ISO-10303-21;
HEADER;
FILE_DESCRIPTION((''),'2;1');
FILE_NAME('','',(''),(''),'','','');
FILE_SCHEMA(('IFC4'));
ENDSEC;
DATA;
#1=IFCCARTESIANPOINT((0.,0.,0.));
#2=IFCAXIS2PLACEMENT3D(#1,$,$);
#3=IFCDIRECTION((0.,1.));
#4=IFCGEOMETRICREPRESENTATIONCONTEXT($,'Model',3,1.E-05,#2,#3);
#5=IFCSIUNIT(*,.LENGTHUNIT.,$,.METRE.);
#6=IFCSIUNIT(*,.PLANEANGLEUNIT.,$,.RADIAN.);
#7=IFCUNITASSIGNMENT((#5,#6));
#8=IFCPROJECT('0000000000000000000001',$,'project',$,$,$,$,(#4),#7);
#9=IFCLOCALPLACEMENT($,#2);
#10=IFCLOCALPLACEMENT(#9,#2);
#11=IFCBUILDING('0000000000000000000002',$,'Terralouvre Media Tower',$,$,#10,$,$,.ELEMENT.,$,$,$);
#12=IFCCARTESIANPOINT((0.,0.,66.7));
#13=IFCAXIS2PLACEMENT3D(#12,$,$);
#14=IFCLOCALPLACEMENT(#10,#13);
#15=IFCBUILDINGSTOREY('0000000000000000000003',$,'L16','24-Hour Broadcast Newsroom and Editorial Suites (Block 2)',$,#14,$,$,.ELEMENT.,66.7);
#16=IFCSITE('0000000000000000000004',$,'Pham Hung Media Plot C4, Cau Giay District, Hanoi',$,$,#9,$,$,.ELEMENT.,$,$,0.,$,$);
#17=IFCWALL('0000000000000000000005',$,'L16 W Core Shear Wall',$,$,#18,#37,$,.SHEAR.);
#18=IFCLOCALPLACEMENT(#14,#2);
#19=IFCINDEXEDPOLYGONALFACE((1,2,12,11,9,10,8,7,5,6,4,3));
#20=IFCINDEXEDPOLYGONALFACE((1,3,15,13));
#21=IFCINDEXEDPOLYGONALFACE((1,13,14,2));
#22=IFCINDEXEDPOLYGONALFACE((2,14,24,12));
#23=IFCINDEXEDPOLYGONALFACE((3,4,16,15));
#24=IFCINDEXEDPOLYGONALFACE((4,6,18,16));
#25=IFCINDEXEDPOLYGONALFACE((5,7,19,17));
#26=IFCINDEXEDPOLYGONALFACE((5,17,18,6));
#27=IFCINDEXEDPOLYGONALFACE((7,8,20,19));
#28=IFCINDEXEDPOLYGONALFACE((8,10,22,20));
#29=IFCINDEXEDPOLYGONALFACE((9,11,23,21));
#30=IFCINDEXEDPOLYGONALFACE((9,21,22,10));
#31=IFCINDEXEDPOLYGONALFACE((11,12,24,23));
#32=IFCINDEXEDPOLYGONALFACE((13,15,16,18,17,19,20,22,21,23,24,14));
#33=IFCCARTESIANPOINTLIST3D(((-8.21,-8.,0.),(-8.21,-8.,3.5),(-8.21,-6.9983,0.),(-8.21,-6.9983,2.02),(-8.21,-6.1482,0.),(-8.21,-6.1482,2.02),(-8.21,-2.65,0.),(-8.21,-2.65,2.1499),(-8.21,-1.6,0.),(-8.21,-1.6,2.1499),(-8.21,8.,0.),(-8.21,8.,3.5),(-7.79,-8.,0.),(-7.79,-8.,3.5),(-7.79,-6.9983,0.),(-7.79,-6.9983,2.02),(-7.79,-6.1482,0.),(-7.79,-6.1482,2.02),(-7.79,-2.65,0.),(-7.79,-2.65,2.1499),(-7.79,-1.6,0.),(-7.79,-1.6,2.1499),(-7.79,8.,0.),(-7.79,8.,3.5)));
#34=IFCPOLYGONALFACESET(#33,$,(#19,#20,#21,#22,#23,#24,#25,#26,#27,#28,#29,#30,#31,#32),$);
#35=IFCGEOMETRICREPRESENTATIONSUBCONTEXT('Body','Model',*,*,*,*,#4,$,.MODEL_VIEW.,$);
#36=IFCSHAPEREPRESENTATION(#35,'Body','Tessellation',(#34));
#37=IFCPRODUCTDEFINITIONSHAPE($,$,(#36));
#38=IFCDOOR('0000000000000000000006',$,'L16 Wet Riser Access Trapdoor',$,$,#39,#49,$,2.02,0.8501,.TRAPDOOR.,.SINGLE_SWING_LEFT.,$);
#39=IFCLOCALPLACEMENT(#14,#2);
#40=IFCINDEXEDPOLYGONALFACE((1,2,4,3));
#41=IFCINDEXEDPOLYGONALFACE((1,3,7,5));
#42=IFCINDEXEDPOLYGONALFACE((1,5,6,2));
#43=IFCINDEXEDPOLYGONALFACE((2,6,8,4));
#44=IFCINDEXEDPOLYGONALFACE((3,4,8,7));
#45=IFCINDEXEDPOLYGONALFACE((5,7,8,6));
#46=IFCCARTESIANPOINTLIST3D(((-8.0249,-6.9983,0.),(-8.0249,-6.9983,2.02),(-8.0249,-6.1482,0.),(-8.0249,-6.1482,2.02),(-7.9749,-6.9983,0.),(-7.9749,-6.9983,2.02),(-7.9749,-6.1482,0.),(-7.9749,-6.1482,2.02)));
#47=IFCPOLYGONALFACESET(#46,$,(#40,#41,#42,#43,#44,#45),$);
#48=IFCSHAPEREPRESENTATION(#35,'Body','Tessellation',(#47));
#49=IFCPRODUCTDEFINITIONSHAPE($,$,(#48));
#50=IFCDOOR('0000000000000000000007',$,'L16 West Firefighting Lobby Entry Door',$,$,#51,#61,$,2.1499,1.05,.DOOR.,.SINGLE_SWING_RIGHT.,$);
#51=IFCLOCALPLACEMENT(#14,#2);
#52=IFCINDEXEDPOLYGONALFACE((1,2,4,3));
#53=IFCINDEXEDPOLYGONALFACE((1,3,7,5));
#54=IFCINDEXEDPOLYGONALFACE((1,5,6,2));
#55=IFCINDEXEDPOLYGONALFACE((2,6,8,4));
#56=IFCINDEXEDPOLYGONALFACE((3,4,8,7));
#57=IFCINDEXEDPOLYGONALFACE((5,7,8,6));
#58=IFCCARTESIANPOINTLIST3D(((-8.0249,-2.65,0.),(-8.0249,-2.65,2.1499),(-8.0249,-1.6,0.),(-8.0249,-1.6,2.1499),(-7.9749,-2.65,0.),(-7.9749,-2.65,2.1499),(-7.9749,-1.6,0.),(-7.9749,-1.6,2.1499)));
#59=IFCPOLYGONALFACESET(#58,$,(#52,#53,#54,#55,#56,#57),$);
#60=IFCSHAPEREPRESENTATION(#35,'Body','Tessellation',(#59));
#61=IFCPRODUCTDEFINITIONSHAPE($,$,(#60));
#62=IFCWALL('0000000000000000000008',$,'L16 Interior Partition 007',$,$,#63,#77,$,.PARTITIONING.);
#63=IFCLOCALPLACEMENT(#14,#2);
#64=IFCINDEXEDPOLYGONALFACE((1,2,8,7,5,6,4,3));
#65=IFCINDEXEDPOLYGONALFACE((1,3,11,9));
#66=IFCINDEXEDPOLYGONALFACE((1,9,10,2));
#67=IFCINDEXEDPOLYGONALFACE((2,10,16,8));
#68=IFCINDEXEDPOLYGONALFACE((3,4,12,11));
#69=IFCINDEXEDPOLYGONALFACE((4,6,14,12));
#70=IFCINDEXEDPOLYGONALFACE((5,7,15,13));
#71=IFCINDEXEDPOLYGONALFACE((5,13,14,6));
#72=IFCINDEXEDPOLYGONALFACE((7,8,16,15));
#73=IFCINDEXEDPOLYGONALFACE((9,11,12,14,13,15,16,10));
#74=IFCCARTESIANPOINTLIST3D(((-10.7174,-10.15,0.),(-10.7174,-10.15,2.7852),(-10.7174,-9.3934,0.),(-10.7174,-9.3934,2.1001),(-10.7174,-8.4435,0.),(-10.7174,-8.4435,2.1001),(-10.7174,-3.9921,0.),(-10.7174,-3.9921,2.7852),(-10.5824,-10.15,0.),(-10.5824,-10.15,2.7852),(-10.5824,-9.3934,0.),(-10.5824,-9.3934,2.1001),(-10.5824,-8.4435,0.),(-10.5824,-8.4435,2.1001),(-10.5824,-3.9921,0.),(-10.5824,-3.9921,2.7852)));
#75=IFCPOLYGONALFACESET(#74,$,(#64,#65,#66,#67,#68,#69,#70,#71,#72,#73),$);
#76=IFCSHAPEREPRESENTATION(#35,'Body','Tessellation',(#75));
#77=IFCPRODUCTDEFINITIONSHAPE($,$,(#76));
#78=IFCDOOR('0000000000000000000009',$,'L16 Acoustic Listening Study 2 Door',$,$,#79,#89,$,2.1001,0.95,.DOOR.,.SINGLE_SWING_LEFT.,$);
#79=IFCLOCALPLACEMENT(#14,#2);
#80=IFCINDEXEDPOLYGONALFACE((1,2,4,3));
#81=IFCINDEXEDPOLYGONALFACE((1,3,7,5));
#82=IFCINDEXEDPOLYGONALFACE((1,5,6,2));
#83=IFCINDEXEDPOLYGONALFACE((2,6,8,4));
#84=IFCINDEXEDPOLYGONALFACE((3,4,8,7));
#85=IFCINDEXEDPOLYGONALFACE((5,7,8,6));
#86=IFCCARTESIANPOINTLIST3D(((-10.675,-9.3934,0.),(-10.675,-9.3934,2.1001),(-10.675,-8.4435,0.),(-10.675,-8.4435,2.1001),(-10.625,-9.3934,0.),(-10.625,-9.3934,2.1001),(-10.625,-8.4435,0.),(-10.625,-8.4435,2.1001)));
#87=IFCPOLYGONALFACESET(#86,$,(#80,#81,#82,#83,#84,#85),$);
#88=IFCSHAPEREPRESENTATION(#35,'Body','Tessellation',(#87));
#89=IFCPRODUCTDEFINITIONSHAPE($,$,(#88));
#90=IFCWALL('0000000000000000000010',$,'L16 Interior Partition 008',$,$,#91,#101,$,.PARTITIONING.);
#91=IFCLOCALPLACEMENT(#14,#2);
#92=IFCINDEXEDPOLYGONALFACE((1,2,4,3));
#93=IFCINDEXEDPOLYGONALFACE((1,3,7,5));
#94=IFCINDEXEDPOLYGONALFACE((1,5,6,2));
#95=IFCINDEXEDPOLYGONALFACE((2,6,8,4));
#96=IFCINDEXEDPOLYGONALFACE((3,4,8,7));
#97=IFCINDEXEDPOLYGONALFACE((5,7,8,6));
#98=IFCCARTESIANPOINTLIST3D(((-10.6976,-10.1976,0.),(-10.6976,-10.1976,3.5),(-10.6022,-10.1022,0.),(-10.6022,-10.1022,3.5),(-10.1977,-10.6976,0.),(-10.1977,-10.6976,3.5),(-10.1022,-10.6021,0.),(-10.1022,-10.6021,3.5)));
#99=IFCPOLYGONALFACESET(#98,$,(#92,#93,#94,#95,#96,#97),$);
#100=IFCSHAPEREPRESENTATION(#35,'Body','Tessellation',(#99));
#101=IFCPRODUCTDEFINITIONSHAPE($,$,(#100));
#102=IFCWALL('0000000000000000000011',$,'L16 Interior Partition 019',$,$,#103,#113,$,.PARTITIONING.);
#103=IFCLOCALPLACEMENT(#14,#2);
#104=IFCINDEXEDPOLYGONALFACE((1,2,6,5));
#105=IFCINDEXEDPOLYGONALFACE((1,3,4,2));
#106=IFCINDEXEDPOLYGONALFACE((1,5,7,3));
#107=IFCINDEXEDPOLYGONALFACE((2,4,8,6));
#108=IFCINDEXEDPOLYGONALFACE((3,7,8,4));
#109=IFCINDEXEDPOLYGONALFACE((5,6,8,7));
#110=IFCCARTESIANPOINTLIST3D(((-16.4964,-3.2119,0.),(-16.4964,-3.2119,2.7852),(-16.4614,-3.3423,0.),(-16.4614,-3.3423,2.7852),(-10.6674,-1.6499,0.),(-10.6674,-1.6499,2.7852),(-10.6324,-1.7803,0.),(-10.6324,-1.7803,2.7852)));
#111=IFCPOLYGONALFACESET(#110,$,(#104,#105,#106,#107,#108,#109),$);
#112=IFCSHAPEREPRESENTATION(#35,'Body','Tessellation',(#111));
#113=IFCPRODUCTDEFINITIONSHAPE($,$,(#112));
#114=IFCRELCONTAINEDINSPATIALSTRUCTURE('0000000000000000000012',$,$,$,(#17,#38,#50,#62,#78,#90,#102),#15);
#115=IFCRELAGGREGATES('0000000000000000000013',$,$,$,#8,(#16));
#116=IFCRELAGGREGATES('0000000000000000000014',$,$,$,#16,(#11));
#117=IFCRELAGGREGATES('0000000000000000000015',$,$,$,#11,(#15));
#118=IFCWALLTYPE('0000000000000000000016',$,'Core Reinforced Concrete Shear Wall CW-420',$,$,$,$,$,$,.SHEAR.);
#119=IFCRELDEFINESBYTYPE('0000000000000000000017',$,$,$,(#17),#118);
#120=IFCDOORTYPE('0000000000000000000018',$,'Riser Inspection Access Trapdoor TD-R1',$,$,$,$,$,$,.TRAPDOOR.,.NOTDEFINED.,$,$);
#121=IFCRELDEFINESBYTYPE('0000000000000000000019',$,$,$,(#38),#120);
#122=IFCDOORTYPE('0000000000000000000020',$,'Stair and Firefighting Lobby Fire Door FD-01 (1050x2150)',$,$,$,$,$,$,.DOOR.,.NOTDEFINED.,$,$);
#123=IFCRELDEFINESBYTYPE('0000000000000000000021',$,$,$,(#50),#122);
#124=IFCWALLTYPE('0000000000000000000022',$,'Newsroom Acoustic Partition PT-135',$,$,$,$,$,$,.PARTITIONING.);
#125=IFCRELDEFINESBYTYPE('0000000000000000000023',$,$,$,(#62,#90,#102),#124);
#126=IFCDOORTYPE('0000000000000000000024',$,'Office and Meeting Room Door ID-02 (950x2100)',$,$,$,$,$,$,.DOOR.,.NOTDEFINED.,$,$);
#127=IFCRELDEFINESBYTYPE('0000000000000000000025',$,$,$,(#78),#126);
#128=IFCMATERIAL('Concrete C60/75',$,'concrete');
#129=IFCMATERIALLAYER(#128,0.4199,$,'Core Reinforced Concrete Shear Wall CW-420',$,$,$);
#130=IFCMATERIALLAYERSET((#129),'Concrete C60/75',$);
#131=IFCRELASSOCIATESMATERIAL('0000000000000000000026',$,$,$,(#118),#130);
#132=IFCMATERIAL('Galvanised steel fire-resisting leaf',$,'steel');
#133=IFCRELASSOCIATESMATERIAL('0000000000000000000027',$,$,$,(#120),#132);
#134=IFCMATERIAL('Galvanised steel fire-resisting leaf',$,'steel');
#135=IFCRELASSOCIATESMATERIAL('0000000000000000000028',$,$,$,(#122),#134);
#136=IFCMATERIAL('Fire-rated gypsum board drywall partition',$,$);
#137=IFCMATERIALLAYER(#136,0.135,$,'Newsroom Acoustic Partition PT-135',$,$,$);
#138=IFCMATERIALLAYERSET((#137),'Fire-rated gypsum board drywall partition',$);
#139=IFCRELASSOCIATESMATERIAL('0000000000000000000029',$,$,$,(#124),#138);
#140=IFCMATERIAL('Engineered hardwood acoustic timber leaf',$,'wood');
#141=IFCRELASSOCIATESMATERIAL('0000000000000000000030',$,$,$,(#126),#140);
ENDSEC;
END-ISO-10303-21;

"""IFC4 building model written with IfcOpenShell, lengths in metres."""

from ifc_helpers import new_model, si_unit, direction, frame, frame_2d, origin, place, context, subcontext, project, spatial, rectangle, extrude, material, layer, layer_set, type_object, element, fill, save


model = new_model("IFC4")

# Units and contexts
model_context = context("Model", 3, precision=1e-05, world=origin(), true_north=direction((0.0, 1.0)))
body_context = subcontext(model_context, "Body", "Model", "MODEL_VIEW")
ifc_project = project(units=[si_unit("LENGTHUNIT", "METRE"), si_unit("PLANEANGLEUNIT", "RADIAN")], contexts=[model_context])

# Site, building, storey
site_placement = place(None, origin())
site = spatial("IfcSite", under=ifc_project, at=site_placement, Name="Pham Hung Media Plot C4, Cau Giay District, Hanoi", CompositionType="ELEMENT", RefElevation=0.0)
building_placement = place(site_placement, origin())
building = spatial("IfcBuilding", under=site, at=building_placement, Name="Terralouvre Media Tower", CompositionType="ELEMENT")
storey_placement = place(building_placement, frame((0.0, 0.0, 66.7)))
storey = spatial("IfcBuildingStorey", under=building, at=storey_placement, Name="L16", Description="24-Hour Broadcast Newsroom and Editorial Suites (Block 2)", CompositionType="ELEMENT", Elevation=66.7)

# Wall, openings, doors
ifc_material_1 = material(Name="Concrete C60/75", Category="concrete")
ifc_layer_1 = layer(ifc_material_1, 0.4199, Name="Core Reinforced Concrete Shear Wall CW-420")
ifc_layer_set_1 = layer_set([ifc_layer_1], Name="Concrete C60/75")
wall_type_1 = type_object("IfcWallType", Name="Core Reinforced Concrete Shear Wall CW-420", PredefinedType="SHEAR", material=ifc_layer_set_1)
wall_1_placement = place(storey_placement, frame((-8.0, -8.0, 0.0), z_axis=(0.0, 0.0, 1.0), x_axis=(0.0, 1.0, 0.0)))
wall_1 = element("IfcWall", 1, at=wall_1_placement, inside=storey, type_object=wall_type_1, Name="L16 W Core Shear Wall", PredefinedType="SHEAR", context=body_context, shape_type="SweptSolid", body=[
    extrude(rectangle(XDim=16.0, YDim=0.4199, at=frame_2d((8.0, 0.0))), origin(), (0.0, 0.0, 1.0), 3.5),
])
opening_1_placement = place(wall_1_placement, frame((1.0017, 0.0, 0.0)))
opening_1 = element("IfcOpeningElement", 2, at=opening_1_placement, cuts=wall_1, PredefinedType="OPENING", context=body_context, shape_type="SweptSolid", body=[
    extrude(rectangle(XDim=0.8501, YDim=2.02, at=frame_2d((0.425, 1.01))), frame((0.0, 0.22, 0.0), z_axis=(0.0, -1.0, 0.0), x_axis=(1.0, 0.0, 0.0)), (0.0, 0.0, 1.0), 0.4399),
])
opening_2_placement = place(wall_1_placement, frame((5.3501, 0.0, 0.0)))
opening_2 = element("IfcOpeningElement", 3, at=opening_2_placement, cuts=wall_1, PredefinedType="OPENING", context=body_context, shape_type="SweptSolid", body=[
    extrude(rectangle(XDim=1.05, YDim=2.1499, at=frame_2d((0.5249, 1.075))), frame((0.0, 0.22, 0.0), z_axis=(0.0, -1.0, 0.0), x_axis=(1.0, 0.0, 0.0)), (0.0, 0.0, 1.0), 0.4399),
])
ifc_material_2 = material(Name="Galvanised steel fire-resisting leaf", Category="steel")
door_type_1 = type_object("IfcDoorType", Name="Riser Inspection Access Trapdoor TD-R1", OperationType="NOTDEFINED", PredefinedType="TRAPDOOR", material=ifc_material_2)
door_1_placement = place(opening_1_placement, origin())
door_1 = element("IfcDoor", 4, at=door_1_placement, inside=storey, type_object=door_type_1, Name="L16 Wet Riser Access Trapdoor", OperationType="SINGLE_SWING_LEFT", OverallHeight=2.02, OverallWidth=0.8501, PredefinedType="TRAPDOOR", context=body_context, shape_type="SweptSolid", body=[
    extrude(rectangle(XDim=0.8501, YDim=2.02, at=frame_2d((0.425, 1.01))), frame((0.0, 0.0249, 0.0), z_axis=(0.0, -1.0, 0.0), x_axis=(1.0, 0.0, 0.0)), (0.0, 0.0, 1.0), 0.05),
])
fill(opening_1, door_1)
ifc_material_3 = material(Name="Galvanised steel fire-resisting leaf", Category="steel")
door_type_2 = type_object("IfcDoorType", Name="Stair and Firefighting Lobby Fire Door FD-01 (1050x2150)", OperationType="NOTDEFINED", PredefinedType="DOOR", material=ifc_material_3)
door_2_placement = place(opening_2_placement, origin())
door_2 = element("IfcDoor", 5, at=door_2_placement, inside=storey, type_object=door_type_2, Name="L16 West Firefighting Lobby Entry Door", OperationType="SINGLE_SWING_RIGHT", OverallHeight=2.1499, OverallWidth=1.05, PredefinedType="DOOR", context=body_context, shape_type="SweptSolid", body=[
    extrude(rectangle(XDim=1.05, YDim=2.1499, at=frame_2d((0.5249, 1.075))), frame((0.0, 0.0249, 0.0), z_axis=(0.0, -1.0, 0.0), x_axis=(1.0, 0.0, 0.0)), (0.0, 0.0, 1.0), 0.05),
])
fill(opening_2, door_2)

# Wall, opening, door
ifc_material_4 = material(Name="Fire-rated gypsum board drywall partition")
ifc_layer_2 = layer(ifc_material_4, 0.135, Name="Newsroom Acoustic Partition PT-135")
ifc_layer_set_2 = layer_set([ifc_layer_2], Name="Fire-rated gypsum board drywall partition")
wall_type_2 = type_object("IfcWallType", Name="Newsroom Acoustic Partition PT-135", PredefinedType="PARTITIONING", material=ifc_layer_set_2)
wall_2_placement = place(storey_placement, frame((-10.6499, -3.9919, 0.0), z_axis=(0.0, 0.0, 1.0), x_axis=(0.0, -1.0, 0.0)))
wall_2 = element("IfcWall", 6, at=wall_2_placement, inside=storey, type_object=wall_type_2, Name="L16 Interior Partition 007", PredefinedType="PARTITIONING", context=body_context, shape_type="SweptSolid", body=[
    extrude(rectangle(XDim=6.158, YDim=0.135, at=frame_2d((3.0791, 0.0))), origin(), (0.0, 0.0, 1.0), 2.7852),
])
opening_3_placement = place(wall_2_placement, frame((4.4514, 0.0, 0.0)))
opening_3 = element("IfcOpeningElement", 7, at=opening_3_placement, cuts=wall_2, PredefinedType="OPENING", context=body_context, shape_type="SweptSolid", body=[
    extrude(rectangle(XDim=0.95, YDim=2.1001, at=frame_2d((0.4751, 1.05))), frame((0.0, 0.0774, 0.0), z_axis=(0.0, -1.0, 0.0), x_axis=(1.0, 0.0, 0.0)), (0.0, 0.0, 1.0), 0.155),
])
ifc_material_5 = material(Name="Engineered hardwood acoustic timber leaf", Category="wood")
door_type_3 = type_object("IfcDoorType", Name="Office and Meeting Room Door ID-02 (950x2100)", OperationType="NOTDEFINED", PredefinedType="DOOR", material=ifc_material_5)
door_3_placement = place(opening_3_placement, origin())
door_3 = element("IfcDoor", 8, at=door_3_placement, inside=storey, type_object=door_type_3, Name="L16 Acoustic Listening Study 2 Door", OperationType="SINGLE_SWING_LEFT", OverallHeight=2.1001, OverallWidth=0.95, PredefinedType="DOOR", context=body_context, shape_type="SweptSolid", body=[
    extrude(rectangle(XDim=0.95, YDim=2.1001, at=frame_2d((0.4751, 1.05))), frame((0.0, 0.0249, 0.0), z_axis=(0.0, -1.0, 0.0), x_axis=(1.0, 0.0, 0.0)), (0.0, 0.0, 1.0), 0.05),
])
fill(opening_3, door_3)

# Walls
wall_3_placement = place(storey_placement, frame((-10.6499, -10.1499, 0.0), z_axis=(0.0, 0.0, 1.0), x_axis=(0.707107, -0.707107, 0.0)))
element("IfcWall", 9, at=wall_3_placement, inside=storey, type_object=wall_type_2, Name="L16 Interior Partition 008", PredefinedType="PARTITIONING", context=body_context, shape_type="SweptSolid", body=[
    extrude(rectangle(XDim=0.707, YDim=0.135, at=frame_2d((0.3535, 0.0))), origin(), (0.0, 0.0, 1.0), 3.5),
])
wall_4_placement = place(storey_placement, frame((-10.6499, -1.7151, 0.0), z_axis=(0.0, 0.0, 1.0), x_axis=(-0.965921, -0.258836, 0.0)))
element("IfcWall", 10, at=wall_4_placement, inside=storey, type_object=wall_type_2, Name="L16 Interior Partition 019", PredefinedType="PARTITIONING", context=body_context, shape_type="SweptSolid", body=[
    extrude(rectangle(XDim=6.0347, YDim=0.135, at=frame_2d((3.0173, 0.0))), origin(), (0.0, 0.0, 1.0), 2.7852),
])

save(model, "model.ifc")
